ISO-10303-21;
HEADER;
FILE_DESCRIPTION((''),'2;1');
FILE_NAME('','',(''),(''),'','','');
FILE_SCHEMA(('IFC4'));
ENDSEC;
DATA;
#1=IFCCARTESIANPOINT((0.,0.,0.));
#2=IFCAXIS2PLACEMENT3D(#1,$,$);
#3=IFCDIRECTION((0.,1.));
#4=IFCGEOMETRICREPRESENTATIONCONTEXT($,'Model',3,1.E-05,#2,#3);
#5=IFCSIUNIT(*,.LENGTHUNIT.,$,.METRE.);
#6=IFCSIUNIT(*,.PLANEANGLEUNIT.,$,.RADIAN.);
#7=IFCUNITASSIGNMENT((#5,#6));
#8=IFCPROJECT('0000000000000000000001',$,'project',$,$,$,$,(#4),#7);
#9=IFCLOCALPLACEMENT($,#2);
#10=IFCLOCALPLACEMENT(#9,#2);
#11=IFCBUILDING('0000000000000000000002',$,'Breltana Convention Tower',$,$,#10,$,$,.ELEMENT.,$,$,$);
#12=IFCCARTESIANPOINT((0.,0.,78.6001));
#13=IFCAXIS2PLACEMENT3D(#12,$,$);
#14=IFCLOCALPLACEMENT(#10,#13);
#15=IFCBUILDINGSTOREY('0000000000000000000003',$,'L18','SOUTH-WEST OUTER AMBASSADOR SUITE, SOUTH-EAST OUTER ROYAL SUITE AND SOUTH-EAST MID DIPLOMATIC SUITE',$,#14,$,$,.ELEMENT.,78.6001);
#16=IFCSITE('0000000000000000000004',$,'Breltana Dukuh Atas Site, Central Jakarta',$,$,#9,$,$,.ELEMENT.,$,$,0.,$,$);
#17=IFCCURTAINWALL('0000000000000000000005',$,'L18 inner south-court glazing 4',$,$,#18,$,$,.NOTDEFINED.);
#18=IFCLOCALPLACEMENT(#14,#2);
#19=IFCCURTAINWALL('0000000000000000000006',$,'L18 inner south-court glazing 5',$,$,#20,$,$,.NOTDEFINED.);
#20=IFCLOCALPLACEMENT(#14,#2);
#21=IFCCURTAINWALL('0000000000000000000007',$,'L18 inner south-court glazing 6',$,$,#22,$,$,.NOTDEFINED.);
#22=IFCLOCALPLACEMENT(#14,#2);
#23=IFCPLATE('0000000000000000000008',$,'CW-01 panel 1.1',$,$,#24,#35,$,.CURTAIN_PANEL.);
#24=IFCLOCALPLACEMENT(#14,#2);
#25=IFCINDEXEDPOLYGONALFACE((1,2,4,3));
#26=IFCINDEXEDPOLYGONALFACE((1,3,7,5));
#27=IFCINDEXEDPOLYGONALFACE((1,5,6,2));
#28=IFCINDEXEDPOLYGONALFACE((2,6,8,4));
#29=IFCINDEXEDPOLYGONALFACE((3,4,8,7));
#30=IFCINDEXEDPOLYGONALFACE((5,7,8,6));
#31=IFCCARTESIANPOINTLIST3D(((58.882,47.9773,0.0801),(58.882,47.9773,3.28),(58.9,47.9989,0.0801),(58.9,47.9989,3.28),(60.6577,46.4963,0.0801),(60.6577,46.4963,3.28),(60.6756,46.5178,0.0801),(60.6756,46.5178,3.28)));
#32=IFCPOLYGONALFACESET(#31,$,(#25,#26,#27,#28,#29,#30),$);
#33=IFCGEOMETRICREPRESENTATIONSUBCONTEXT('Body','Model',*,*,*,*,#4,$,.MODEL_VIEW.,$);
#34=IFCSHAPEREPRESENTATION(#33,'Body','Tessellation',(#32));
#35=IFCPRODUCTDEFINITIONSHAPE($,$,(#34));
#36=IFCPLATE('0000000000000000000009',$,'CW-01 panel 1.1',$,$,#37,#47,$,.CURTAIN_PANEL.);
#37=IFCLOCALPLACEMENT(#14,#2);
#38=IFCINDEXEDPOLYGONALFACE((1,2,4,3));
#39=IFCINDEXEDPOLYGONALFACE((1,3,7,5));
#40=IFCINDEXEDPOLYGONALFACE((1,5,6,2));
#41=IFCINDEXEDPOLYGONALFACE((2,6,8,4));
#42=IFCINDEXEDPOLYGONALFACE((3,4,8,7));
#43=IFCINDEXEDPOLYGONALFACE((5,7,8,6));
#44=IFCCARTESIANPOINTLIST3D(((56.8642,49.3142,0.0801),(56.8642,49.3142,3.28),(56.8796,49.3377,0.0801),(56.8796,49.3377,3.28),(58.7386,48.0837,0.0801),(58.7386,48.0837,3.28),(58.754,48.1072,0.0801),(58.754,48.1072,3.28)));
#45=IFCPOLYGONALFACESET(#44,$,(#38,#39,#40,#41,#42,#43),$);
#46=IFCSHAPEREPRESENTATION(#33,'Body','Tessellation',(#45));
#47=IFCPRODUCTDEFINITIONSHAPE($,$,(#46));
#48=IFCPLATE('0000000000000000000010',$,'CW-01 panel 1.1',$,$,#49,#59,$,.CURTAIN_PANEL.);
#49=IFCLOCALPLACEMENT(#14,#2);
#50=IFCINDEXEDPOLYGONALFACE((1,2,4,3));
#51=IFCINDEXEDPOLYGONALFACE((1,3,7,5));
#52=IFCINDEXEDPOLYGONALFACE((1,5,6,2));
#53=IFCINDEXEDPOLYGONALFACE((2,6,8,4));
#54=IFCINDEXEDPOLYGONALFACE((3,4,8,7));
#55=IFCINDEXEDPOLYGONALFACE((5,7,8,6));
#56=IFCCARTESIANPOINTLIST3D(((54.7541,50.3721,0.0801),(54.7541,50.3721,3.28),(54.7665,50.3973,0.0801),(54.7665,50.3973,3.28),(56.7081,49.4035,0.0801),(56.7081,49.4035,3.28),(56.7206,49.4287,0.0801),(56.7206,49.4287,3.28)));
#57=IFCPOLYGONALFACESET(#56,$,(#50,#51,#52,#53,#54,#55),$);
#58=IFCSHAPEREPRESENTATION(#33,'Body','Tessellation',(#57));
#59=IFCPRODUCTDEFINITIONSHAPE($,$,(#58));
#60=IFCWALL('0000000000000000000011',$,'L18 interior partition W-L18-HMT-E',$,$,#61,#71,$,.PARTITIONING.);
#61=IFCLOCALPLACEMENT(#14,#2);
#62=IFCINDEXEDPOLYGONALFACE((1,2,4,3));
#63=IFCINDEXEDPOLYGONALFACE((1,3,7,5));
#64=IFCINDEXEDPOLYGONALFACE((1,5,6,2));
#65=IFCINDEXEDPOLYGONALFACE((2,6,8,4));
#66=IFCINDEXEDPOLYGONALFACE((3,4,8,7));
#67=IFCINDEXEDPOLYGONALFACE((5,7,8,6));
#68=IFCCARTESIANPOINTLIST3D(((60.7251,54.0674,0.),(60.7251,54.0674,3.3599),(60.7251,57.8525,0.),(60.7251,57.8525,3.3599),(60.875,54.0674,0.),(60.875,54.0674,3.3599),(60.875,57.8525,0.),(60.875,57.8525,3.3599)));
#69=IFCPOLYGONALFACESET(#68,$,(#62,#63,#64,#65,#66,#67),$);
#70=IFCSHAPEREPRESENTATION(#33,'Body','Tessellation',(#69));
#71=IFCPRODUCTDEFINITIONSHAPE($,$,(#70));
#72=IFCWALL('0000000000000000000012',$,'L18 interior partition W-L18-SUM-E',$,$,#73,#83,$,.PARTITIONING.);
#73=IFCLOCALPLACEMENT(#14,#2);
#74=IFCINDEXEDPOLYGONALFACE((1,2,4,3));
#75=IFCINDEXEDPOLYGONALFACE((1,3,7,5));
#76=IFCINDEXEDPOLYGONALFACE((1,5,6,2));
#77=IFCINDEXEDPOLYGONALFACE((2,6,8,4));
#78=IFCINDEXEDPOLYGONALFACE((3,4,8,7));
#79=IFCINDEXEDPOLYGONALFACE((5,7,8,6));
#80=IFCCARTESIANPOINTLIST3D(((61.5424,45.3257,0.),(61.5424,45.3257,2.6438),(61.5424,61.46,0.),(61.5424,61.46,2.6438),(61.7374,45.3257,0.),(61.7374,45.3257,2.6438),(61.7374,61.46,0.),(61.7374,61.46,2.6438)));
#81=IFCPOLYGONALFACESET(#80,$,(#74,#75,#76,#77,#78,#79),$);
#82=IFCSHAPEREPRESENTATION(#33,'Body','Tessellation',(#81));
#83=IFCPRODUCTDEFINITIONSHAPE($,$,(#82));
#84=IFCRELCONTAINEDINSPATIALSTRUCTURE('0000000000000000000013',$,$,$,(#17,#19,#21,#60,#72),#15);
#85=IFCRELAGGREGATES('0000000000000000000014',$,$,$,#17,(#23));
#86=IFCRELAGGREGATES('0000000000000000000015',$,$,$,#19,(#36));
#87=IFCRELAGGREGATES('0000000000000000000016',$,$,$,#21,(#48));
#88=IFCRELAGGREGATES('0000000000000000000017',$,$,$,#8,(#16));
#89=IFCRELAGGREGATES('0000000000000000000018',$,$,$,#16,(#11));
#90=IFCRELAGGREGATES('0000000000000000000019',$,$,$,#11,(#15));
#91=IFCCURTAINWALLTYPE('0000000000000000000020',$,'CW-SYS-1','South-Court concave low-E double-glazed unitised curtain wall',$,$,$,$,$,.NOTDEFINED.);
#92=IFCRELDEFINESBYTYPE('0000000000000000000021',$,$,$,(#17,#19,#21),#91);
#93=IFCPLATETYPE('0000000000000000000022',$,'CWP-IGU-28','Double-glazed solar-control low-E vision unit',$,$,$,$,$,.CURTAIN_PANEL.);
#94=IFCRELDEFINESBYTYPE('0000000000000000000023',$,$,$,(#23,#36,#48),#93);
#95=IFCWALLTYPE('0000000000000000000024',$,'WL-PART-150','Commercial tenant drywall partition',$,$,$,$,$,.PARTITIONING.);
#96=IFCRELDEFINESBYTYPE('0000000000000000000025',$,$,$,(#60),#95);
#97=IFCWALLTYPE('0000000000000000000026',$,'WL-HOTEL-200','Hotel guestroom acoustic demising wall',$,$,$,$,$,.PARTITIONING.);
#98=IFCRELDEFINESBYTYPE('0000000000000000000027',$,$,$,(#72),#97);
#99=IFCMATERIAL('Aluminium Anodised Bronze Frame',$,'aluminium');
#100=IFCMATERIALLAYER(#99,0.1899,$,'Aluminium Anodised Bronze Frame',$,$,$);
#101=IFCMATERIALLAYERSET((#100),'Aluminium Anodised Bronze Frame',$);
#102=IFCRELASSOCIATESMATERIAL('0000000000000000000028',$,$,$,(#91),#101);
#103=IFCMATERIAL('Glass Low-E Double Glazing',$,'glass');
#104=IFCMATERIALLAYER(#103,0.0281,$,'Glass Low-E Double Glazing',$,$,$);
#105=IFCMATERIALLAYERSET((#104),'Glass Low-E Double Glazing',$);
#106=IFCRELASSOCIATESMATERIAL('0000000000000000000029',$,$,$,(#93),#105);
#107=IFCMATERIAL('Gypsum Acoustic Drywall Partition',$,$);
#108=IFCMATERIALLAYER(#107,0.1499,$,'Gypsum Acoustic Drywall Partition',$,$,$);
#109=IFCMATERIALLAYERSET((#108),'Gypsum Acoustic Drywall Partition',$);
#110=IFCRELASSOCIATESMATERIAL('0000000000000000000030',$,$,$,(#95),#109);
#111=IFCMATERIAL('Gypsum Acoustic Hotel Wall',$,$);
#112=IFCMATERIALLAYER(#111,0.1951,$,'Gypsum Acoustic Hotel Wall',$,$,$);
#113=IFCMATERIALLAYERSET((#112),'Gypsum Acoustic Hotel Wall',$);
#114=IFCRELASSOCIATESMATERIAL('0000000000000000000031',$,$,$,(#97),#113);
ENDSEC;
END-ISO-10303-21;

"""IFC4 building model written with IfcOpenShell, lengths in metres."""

from ifc_helpers import new_model, si_unit, direction, frame, frame_2d, origin, origin_2d, place, context, subcontext, project, spatial, rectangle, extrude, source, transform, mapped, material, layer, layer_set, type_object, element, aggregate, save


model = new_model("IFC4")

# Units and contexts
model_context = context("Model", 3, precision=1e-05, world=origin(), true_north=direction((0.0, 1.0)))
body_context = subcontext(model_context, "Body", "Model", "MODEL_VIEW")
ifc_project = project(units=[si_unit("LENGTHUNIT", "METRE"), si_unit("PLANEANGLEUNIT", "RADIAN")], contexts=[model_context])

# Site, building, storey
site_placement = place(None, origin())
site = spatial("IfcSite", under=ifc_project, at=site_placement, Name="Breltana Dukuh Atas Site, Central Jakarta", CompositionType="ELEMENT", RefElevation=0.0)
building_placement = place(site_placement, origin())
building = spatial("IfcBuilding", under=site, at=building_placement, Name="Breltana Convention Tower", CompositionType="ELEMENT")
storey_placement = place(building_placement, frame((0.0, 0.0, 78.6001)))
storey = spatial("IfcBuildingStorey", under=building, at=storey_placement, Name="L18", Description="SOUTH-WEST OUTER AMBASSADOR SUITE, SOUTH-EAST OUTER ROYAL SUITE AND SOUTH-EAST MID DIPLOMATIC SUITE", CompositionType="ELEMENT", Elevation=78.6001)

# Shared definitions
ifc_material_1 = material(Name="Aluminium Anodised Bronze Frame", Category="aluminium")
ifc_layer_1 = layer(ifc_material_1, 0.1899, Name="Aluminium Anodised Bronze Frame")
ifc_layer_set_1 = layer_set([ifc_layer_1], Name="Aluminium Anodised Bronze Frame")
curtain_wall_type = type_object("IfcCurtainWallType", Name="CW-SYS-1", Description="South-Court concave low-E double-glazed unitised curtain wall", PredefinedType="NOTDEFINED", material=ifc_layer_set_1)

# Curtain walls
curtain_wall_1_placement = place(storey_placement, origin())
curtain_wall_1 = element("IfcCurtainWall", 1, at=curtain_wall_1_placement, inside=storey, type_object=curtain_wall_type, Name="L18 inner south-court glazing 4", PredefinedType="NOTDEFINED")
curtain_wall_2_placement = place(storey_placement, origin())
curtain_wall_2 = element("IfcCurtainWall", 2, at=curtain_wall_2_placement, inside=storey, type_object=curtain_wall_type, Name="L18 inner south-court glazing 5", PredefinedType="NOTDEFINED")
curtain_wall_3_placement = place(storey_placement, origin())
curtain_wall_3 = element("IfcCurtainWall", 3, at=curtain_wall_3_placement, inside=storey, type_object=curtain_wall_type, Name="L18 inner south-court glazing 6", PredefinedType="NOTDEFINED")

# Plates
ifc_material_2 = material(Name="Glass Low-E Double Glazing", Category="glass")
ifc_layer_2 = layer(ifc_material_2, 0.0281, Name="Glass Low-E Double Glazing")
ifc_layer_set_2 = layer_set([ifc_layer_2], Name="Glass Low-E Double Glazing")
plate_type = type_object("IfcPlateType", Name="CWP-IGU-28", Description="Double-glazed solar-control low-E vision unit", PredefinedType="CURTAIN_PANEL", material=ifc_layer_set_2)
shared_shape_1 = source(origin(), body_context, "Body", "SweptSolid", [
    extrude(rectangle(XDim=2.3123, YDim=0.0281, at=origin_2d()), origin(), (0.0, 0.0, 1.0), 3.2),
])
plate_1_placement = place(storey_placement, frame((59.7788, 47.2476, 0.0801), z_axis=(0.0, 0.0, 1.0), x_axis=(-0.767939, 0.640523, 0.0)))
plate_1 = element("IfcPlate", 4, at=plate_1_placement, type_object=plate_type, Name="CW-01 panel 1.1", PredefinedType="CURTAIN_PANEL", context=body_context, shape_type="MappedRepresentation", body=[
    mapped(shared_shape_1, transform((0.0, 0.0, 0.0), scale=1.0)),
])
aggregate(curtain_wall_1, [plate_1])
shared_shape_2 = source(origin(), body_context, "Body", "SweptSolid", [
    extrude(rectangle(XDim=2.2422, YDim=0.0281, at=origin_2d()), origin(), (0.0, 0.0, 1.0), 3.2),
])
plate_2_placement = place(storey_placement, frame((57.8091, 48.7107, 0.0801), z_axis=(0.0, 0.0, 1.0), x_axis=(-0.835968, 0.548778, 0.0)))
plate_2 = element("IfcPlate", 5, at=plate_2_placement, type_object=plate_type, Name="CW-01 panel 1.1", PredefinedType="CURTAIN_PANEL", context=body_context, shape_type="MappedRepresentation", body=[
    mapped(shared_shape_2, transform((0.0, 0.0, 0.0), scale=1.0)),
])
aggregate(curtain_wall_2, [plate_2])
shared_shape_3 = source(origin(), body_context, "Body", "SweptSolid", [
    extrude(rectangle(XDim=2.1809, YDim=0.0281, at=origin_2d()), origin(), (0.0, 0.0, 1.0), 3.2),
])
plate_3_placement = place(storey_placement, frame((55.7373, 49.9004, 0.0801), z_axis=(0.0, 0.0, 1.0), x_axis=(-0.895968, 0.444118, 0.0)))
plate_3 = element("IfcPlate", 6, at=plate_3_placement, type_object=plate_type, Name="CW-01 panel 1.1", PredefinedType="CURTAIN_PANEL", context=body_context, shape_type="MappedRepresentation", body=[
    mapped(shared_shape_3, transform((0.0, 0.0, 0.0), scale=1.0)),
])
aggregate(curtain_wall_3, [plate_3])

# Walls
ifc_material_3 = material(Name="Gypsum Acoustic Drywall Partition")
ifc_layer_3 = layer(ifc_material_3, 0.1499, Name="Gypsum Acoustic Drywall Partition")
ifc_layer_set_3 = layer_set([ifc_layer_3], Name="Gypsum Acoustic Drywall Partition")
wall_type_1 = type_object("IfcWallType", Name="WL-PART-150", Description="Commercial tenant drywall partition", PredefinedType="PARTITIONING", material=ifc_layer_set_3)
shared_shape_4 = source(origin(), body_context, "Body", "SweptSolid", [
    extrude(rectangle(XDim=3.7852, YDim=0.1499, at=frame_2d((1.8926, 0.0))), origin(), (0.0, 0.0, 1.0), 3.3599),
])
wall_1_placement = place(storey_placement, frame((60.8, 54.0674, 0.0), z_axis=(0.0, 0.0, 1.0), x_axis=(0.0, 1.0, 0.0)))
element("IfcWall", 7, at=wall_1_placement, inside=storey, type_object=wall_type_1, Name="L18 interior partition W-L18-HMT-E", PredefinedType="PARTITIONING", context=body_context, shape_type="MappedRepresentation", body=[
    mapped(shared_shape_4, transform((0.0, 0.0, 0.0), scale=1.0)),
])
ifc_material_4 = material(Name="Gypsum Acoustic Hotel Wall")
ifc_layer_4 = layer(ifc_material_4, 0.1951, Name="Gypsum Acoustic Hotel Wall")
ifc_layer_set_4 = layer_set([ifc_layer_4], Name="Gypsum Acoustic Hotel Wall")
wall_type_2 = type_object("IfcWallType", Name="WL-HOTEL-200", Description="Hotel guestroom acoustic demising wall", PredefinedType="PARTITIONING", material=ifc_layer_set_4)
shared_shape_5 = source(origin(), body_context, "Body", "SweptSolid", [
    extrude(rectangle(XDim=16.1343, YDim=0.1951, at=frame_2d((8.0671, 0.0))), origin(), (0.0, 0.0, 1.0), 2.6438),
])
wall_2_placement = place(storey_placement, frame((61.6399, 45.3257, 0.0), z_axis=(0.0, 0.0, 1.0), x_axis=(0.0, 1.0, 0.0)))
element("IfcWall", 8, at=wall_2_placement, inside=storey, type_object=wall_type_2, Name="L18 interior partition W-L18-SUM-E", PredefinedType="PARTITIONING", context=body_context, shape_type="MappedRepresentation", body=[
    mapped(shared_shape_5, transform((0.0, 0.0, 0.0), scale=1.0)),
])

save(model, "model.ifc")
